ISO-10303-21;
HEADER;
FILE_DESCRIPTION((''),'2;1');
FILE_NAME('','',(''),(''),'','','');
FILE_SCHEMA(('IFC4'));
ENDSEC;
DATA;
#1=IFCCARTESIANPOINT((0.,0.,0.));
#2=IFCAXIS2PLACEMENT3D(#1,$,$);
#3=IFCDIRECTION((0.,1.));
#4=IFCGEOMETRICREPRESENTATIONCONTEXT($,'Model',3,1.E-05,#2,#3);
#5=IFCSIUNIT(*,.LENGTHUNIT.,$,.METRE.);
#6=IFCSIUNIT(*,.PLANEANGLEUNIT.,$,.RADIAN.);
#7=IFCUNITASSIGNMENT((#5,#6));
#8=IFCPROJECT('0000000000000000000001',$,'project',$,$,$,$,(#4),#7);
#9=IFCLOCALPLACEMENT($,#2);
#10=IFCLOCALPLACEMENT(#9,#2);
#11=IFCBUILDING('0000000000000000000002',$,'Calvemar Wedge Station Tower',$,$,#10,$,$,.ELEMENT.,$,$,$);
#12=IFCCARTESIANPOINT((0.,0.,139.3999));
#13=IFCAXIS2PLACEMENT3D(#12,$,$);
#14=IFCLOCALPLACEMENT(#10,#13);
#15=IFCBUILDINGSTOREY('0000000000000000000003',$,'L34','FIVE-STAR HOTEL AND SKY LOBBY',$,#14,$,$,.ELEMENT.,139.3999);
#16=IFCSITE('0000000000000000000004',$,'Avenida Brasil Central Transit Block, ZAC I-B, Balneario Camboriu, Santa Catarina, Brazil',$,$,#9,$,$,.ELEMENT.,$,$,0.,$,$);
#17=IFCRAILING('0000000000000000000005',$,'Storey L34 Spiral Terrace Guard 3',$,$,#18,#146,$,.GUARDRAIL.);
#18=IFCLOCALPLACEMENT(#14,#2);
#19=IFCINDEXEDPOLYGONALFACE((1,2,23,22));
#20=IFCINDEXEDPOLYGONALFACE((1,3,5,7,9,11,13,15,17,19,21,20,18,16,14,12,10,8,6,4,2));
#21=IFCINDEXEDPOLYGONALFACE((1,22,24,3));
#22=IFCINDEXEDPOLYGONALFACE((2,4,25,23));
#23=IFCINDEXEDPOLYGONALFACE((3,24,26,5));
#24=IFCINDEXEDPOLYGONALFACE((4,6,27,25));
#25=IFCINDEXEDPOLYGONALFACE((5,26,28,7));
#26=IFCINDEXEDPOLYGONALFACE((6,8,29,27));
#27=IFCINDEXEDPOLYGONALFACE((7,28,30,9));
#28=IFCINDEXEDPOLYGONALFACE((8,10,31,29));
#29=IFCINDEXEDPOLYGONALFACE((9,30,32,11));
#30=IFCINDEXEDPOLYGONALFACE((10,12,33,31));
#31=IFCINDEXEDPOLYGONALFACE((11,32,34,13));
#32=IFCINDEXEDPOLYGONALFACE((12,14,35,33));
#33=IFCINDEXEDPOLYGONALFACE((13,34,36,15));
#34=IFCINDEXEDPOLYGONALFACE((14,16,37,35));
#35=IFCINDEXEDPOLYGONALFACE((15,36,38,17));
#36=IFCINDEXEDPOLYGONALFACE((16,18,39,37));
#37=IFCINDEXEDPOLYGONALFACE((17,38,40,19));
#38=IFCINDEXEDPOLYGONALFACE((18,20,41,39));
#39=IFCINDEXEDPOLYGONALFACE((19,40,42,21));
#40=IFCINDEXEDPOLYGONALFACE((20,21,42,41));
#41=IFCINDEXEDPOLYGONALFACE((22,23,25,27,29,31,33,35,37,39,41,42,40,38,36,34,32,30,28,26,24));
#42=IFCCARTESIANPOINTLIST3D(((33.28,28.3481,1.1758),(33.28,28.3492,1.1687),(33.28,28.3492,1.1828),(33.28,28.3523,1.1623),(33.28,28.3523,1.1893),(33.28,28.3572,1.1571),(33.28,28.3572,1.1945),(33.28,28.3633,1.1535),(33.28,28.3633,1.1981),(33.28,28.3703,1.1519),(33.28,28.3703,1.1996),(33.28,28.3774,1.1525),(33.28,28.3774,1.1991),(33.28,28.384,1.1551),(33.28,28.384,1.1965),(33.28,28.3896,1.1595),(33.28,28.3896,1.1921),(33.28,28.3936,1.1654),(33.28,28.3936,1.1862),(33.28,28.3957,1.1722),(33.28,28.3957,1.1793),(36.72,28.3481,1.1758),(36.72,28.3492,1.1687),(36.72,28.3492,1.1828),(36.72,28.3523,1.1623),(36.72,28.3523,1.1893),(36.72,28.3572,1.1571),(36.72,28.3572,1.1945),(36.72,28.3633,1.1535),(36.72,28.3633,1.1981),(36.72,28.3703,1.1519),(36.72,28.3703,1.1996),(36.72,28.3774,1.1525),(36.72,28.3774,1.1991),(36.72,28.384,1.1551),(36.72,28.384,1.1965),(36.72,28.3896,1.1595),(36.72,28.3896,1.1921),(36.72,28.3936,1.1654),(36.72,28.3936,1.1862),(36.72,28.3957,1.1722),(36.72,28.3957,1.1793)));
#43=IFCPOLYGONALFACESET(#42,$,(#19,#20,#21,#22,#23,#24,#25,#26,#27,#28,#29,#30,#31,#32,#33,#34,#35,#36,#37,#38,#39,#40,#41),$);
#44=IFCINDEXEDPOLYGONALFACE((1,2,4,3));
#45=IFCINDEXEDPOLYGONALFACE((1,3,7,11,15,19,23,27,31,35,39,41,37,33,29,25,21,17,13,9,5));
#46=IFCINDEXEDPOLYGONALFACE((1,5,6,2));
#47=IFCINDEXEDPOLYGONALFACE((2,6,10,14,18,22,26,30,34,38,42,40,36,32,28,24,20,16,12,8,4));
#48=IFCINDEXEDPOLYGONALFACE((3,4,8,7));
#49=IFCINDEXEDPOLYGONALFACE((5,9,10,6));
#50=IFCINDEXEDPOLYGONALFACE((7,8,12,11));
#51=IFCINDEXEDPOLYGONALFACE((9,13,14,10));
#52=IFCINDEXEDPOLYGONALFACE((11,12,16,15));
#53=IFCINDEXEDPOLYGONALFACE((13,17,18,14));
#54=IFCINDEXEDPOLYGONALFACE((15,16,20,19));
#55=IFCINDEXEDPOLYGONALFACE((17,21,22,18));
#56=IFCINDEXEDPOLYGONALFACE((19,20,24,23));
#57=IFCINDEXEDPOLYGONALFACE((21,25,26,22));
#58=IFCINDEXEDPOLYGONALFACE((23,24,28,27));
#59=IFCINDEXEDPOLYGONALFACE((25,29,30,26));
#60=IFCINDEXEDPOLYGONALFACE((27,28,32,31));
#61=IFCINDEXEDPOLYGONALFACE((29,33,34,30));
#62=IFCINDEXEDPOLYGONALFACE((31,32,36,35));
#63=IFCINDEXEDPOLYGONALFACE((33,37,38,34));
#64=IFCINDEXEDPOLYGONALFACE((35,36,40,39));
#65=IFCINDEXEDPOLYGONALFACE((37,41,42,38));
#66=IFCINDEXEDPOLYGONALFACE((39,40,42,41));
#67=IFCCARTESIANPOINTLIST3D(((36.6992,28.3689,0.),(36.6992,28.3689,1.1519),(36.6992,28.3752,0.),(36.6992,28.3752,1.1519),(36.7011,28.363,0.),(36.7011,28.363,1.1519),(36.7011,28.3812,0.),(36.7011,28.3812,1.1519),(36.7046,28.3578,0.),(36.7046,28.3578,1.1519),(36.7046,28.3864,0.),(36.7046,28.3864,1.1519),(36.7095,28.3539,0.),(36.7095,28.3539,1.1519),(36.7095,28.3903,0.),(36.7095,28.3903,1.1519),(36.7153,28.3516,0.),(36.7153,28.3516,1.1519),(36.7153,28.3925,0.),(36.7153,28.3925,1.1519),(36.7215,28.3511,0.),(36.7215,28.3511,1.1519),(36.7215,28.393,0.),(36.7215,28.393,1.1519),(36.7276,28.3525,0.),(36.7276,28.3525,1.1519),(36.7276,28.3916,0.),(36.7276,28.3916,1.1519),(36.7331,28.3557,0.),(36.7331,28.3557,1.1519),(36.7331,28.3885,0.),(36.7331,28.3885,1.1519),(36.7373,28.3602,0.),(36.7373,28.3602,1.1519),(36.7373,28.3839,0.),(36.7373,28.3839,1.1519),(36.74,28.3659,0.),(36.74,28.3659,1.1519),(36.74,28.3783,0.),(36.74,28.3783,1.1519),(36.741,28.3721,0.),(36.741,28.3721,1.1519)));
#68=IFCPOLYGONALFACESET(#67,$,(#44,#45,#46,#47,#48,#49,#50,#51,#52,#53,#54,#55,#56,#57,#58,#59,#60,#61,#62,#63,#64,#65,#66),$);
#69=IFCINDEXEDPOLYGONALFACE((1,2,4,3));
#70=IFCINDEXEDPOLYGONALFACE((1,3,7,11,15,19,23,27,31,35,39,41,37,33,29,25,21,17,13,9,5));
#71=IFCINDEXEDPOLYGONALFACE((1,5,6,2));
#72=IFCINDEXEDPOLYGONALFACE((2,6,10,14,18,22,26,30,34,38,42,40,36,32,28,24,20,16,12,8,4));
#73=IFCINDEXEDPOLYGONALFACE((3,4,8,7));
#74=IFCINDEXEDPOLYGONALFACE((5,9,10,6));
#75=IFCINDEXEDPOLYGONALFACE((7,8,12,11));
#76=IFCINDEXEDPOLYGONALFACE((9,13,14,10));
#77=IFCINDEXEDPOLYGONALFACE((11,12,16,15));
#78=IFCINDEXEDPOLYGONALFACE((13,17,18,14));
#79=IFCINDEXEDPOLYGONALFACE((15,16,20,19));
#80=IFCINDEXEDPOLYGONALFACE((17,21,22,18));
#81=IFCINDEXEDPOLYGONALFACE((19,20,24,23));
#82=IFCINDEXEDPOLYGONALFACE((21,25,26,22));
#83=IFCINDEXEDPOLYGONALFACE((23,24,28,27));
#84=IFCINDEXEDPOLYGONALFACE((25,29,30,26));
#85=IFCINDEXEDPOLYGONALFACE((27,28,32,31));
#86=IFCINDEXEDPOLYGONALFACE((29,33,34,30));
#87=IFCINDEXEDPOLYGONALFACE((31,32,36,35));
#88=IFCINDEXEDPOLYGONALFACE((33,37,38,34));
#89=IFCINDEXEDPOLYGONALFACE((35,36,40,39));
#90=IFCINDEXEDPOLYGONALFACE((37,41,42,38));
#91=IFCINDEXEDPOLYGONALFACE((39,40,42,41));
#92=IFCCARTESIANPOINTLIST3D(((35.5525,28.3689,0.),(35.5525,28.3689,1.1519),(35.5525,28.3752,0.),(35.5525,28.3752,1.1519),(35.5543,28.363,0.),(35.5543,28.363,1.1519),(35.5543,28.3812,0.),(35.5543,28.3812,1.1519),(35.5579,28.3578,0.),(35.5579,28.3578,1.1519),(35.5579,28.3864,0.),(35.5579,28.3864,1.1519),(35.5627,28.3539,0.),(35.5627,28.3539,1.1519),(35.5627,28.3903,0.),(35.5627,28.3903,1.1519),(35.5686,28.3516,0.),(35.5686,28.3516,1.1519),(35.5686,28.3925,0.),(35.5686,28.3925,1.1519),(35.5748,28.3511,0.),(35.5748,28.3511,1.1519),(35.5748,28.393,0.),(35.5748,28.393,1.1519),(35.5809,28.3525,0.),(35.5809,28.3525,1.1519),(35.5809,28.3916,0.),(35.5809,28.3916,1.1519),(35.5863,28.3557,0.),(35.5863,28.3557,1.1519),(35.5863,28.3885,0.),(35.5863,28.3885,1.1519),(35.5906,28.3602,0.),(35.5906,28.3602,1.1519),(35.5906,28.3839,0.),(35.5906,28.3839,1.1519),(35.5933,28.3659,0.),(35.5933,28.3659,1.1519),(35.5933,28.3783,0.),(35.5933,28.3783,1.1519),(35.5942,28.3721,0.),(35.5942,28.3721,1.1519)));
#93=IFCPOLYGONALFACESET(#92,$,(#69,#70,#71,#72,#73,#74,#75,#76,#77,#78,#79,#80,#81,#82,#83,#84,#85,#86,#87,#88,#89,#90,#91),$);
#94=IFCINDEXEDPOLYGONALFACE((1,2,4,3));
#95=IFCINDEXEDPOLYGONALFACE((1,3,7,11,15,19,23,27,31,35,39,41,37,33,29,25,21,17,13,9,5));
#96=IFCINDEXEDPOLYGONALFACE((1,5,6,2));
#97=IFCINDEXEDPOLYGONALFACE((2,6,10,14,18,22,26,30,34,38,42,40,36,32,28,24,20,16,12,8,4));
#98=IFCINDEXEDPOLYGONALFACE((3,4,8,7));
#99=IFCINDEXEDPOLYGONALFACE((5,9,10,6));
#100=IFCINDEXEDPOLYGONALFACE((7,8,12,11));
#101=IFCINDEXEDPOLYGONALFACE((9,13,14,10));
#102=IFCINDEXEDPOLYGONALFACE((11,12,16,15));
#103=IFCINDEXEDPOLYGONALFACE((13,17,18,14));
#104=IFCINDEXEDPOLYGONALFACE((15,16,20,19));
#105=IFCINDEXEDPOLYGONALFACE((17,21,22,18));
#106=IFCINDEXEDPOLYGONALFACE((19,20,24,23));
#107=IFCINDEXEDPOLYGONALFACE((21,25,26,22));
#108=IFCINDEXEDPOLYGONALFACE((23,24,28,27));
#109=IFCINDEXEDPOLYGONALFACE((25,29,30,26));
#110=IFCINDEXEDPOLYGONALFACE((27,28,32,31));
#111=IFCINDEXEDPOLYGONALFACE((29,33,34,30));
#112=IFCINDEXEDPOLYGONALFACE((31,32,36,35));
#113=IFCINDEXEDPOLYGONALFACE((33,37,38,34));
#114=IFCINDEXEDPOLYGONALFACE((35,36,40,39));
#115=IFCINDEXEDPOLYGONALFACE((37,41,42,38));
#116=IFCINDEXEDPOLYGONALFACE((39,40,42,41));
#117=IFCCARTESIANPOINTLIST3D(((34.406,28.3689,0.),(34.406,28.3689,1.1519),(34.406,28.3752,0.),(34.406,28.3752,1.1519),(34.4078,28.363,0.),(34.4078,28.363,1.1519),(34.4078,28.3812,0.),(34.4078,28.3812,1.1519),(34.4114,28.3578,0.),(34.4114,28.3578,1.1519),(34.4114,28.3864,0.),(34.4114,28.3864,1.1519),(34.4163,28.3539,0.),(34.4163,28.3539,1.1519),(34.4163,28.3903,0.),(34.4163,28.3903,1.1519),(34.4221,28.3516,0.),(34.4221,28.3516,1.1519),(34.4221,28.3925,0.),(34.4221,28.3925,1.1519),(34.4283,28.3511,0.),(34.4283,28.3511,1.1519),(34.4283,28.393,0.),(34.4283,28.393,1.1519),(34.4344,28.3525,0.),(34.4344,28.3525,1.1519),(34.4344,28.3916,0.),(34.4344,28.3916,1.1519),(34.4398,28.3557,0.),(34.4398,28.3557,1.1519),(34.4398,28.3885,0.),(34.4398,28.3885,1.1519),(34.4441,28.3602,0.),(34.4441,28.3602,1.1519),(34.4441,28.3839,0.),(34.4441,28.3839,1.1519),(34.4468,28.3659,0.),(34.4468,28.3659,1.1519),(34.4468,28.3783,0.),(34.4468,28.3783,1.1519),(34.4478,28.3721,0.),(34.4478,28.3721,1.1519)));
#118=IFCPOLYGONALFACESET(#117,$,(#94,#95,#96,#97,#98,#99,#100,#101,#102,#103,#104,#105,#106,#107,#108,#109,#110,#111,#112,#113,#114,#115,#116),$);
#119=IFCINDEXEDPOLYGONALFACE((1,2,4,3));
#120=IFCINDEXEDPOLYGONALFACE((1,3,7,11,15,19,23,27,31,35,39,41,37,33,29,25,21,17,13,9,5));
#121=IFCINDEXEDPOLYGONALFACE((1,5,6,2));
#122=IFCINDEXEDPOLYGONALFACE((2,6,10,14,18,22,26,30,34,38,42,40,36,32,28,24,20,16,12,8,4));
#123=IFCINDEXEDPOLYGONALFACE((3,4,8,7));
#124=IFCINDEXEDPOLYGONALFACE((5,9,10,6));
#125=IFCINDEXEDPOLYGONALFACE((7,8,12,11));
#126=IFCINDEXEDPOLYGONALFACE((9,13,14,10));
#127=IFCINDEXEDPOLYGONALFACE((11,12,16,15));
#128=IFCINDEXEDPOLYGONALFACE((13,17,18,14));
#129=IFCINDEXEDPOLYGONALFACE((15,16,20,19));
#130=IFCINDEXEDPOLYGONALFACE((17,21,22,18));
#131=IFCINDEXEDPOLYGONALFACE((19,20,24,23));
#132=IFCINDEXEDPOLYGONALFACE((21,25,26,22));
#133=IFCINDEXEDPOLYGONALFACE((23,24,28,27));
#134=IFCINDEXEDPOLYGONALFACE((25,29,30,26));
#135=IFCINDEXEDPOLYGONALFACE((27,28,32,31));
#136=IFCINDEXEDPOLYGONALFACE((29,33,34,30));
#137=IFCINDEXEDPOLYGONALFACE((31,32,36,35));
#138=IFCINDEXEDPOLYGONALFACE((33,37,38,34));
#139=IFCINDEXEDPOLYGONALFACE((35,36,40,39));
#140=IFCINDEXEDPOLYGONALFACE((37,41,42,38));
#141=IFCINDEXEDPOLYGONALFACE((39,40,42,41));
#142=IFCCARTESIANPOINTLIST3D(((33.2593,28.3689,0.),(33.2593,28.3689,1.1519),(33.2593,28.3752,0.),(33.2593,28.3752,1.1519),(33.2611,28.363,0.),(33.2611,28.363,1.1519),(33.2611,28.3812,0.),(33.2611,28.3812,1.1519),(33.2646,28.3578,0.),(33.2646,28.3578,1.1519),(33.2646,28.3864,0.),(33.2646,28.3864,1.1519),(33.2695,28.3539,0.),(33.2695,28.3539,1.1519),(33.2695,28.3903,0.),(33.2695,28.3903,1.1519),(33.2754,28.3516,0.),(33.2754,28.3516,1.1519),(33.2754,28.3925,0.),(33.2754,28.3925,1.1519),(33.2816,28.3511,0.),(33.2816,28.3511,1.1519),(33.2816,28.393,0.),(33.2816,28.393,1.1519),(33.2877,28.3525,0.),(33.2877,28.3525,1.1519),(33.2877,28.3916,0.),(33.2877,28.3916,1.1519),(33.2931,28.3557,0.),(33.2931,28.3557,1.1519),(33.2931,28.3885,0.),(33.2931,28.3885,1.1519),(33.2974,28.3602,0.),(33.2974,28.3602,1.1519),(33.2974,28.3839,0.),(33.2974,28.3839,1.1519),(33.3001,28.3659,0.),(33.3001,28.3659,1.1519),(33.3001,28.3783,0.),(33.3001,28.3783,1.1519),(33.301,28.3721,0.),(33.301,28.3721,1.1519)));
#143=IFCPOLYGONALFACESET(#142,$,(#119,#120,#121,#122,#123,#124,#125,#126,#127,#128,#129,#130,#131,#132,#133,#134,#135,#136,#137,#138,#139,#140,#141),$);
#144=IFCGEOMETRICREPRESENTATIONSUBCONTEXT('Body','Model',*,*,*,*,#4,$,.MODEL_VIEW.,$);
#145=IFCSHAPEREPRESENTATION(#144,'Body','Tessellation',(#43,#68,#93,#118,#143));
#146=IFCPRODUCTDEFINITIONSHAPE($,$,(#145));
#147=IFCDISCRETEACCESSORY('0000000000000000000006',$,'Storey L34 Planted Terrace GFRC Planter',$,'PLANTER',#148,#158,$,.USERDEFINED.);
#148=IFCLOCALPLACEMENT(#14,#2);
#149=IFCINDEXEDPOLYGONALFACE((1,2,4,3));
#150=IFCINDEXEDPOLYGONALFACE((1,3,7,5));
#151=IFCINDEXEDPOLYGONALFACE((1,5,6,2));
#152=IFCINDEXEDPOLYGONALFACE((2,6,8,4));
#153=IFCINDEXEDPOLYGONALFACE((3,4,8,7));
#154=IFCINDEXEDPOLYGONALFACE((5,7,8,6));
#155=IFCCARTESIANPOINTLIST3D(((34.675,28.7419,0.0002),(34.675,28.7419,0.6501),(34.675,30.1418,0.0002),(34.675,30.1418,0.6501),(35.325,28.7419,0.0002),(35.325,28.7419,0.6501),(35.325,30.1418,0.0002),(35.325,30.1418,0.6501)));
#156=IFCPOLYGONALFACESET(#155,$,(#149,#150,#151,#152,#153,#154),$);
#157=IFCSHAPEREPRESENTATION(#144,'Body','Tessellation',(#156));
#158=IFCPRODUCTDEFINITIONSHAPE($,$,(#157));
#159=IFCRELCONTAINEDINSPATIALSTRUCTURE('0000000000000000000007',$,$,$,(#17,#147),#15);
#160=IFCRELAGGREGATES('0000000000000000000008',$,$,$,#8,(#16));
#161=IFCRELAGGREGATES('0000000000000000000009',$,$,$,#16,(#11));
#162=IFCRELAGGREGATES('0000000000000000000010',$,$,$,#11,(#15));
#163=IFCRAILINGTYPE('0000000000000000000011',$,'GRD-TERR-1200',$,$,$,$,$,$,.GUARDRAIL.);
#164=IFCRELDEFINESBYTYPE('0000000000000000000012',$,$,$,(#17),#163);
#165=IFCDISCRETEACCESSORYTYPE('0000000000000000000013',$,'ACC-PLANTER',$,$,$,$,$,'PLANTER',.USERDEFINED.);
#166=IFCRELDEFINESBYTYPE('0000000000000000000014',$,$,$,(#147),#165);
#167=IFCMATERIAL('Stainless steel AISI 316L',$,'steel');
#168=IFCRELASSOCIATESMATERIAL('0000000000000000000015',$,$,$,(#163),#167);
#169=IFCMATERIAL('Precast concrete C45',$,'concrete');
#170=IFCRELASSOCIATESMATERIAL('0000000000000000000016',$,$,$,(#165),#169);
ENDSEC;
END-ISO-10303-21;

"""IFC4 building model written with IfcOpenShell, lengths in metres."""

from ifc_helpers import new_model, si_unit, direction, frame, origin, origin_2d, place, context, subcontext, project, spatial, rectangle, circle, extrude, source, transform, mapped, material, type_object, element, save


model = new_model("IFC4")

# Units and contexts
model_context = context("Model", 3, precision=1e-05, world=origin(), true_north=direction((0.0, 1.0)))
body_context = subcontext(model_context, "Body", "Model", "MODEL_VIEW")
ifc_project = project(units=[si_unit("LENGTHUNIT", "METRE"), si_unit("PLANEANGLEUNIT", "RADIAN")], contexts=[model_context])

# Site, building, storey
site_placement = place(None, origin())
site = spatial("IfcSite", under=ifc_project, at=site_placement, Name="Avenida Brasil Central Transit Block, ZAC I-B, Balneario Camboriu, Santa Catarina, Brazil", CompositionType="ELEMENT", RefElevation=0.0)
building_placement = place(site_placement, origin())
building = spatial("IfcBuilding", under=site, at=building_placement, Name="Calvemar Wedge Station Tower", CompositionType="ELEMENT")
storey_placement = place(building_placement, frame((0.0, 0.0, 139.3999)))
storey = spatial("IfcBuildingStorey", under=building, at=storey_placement, Name="L34", Description="FIVE-STAR HOTEL AND SKY LOBBY", CompositionType="ELEMENT", Elevation=139.3999)

# Shared definitions
ifc_material_1 = material(Name="Precast concrete C45", Category="concrete")

# Railing
ifc_material_2 = material(Name="Stainless steel AISI 316L", Category="steel")
railing_type = type_object("IfcRailingType", Name="GRD-TERR-1200", PredefinedType="GUARDRAIL", material=ifc_material_2)
railing_1_placement = place(storey_placement, frame((36.72, 28.3721, 0.0)))
element("IfcRailing", 1, at=railing_1_placement, inside=storey, type_object=railing_type, Name="Storey L34 Spiral Terrace Guard 3", PredefinedType="GUARDRAIL", context=body_context, shape_type="SweptSolid", body=[
    extrude(circle(Radius=0.0239, at=origin_2d()), frame((0.0, 0.0, 1.1758), z_axis=(-1.0, 0.0, 0.0), x_axis=(0.0, -1.0, 0.0)), (0.0, 0.0, 1.0), 3.4399),
    extrude(circle(Radius=0.021, at=origin_2d()), origin(), (0.0, 0.0, 1.0), 1.1519),
    extrude(circle(Radius=0.021, at=origin_2d()), frame((-1.1467, 0.0, 0.0)), (0.0, 0.0, 1.0), 1.1519),
    extrude(circle(Radius=0.021, at=origin_2d()), frame((-2.2932, 0.0, 0.0)), (0.0, 0.0, 1.0), 1.1519),
    extrude(circle(Radius=0.021, at=origin_2d()), frame((-3.4399, 0.0, 0.0)), (0.0, 0.0, 1.0), 1.1519),
])

# Discrete accessory
discrete_accessory_type = type_object("IfcDiscreteAccessoryType", Name="ACC-PLANTER", ElementType="PLANTER", PredefinedType="USERDEFINED", material=ifc_material_1)
shared_shape_1 = source(origin(), body_context, "Body", "SweptSolid", [
    extrude(rectangle(XDim=0.6499, YDim=1.3999, at=origin_2d()), origin(), (0.0, 0.0, 1.0), 0.6499),
])
discrete_accessory_placement = place(storey_placement, frame((35.0, 29.4419, 0.0002), z_axis=(0.0, 0.0, 1.0), x_axis=(1.0, 0.0, 0.0)))
element("IfcDiscreteAccessory", 2, at=discrete_accessory_placement, inside=storey, type_object=discrete_accessory_type, Name="Storey L34 Planted Terrace GFRC Planter", ObjectType="PLANTER", PredefinedType="USERDEFINED", context=body_context, shape_type="MappedRepresentation", body=[
    mapped(shared_shape_1, transform((0.0, 0.0, 0.0), scale=1.0)),
])

save(model, "model.ifc")
